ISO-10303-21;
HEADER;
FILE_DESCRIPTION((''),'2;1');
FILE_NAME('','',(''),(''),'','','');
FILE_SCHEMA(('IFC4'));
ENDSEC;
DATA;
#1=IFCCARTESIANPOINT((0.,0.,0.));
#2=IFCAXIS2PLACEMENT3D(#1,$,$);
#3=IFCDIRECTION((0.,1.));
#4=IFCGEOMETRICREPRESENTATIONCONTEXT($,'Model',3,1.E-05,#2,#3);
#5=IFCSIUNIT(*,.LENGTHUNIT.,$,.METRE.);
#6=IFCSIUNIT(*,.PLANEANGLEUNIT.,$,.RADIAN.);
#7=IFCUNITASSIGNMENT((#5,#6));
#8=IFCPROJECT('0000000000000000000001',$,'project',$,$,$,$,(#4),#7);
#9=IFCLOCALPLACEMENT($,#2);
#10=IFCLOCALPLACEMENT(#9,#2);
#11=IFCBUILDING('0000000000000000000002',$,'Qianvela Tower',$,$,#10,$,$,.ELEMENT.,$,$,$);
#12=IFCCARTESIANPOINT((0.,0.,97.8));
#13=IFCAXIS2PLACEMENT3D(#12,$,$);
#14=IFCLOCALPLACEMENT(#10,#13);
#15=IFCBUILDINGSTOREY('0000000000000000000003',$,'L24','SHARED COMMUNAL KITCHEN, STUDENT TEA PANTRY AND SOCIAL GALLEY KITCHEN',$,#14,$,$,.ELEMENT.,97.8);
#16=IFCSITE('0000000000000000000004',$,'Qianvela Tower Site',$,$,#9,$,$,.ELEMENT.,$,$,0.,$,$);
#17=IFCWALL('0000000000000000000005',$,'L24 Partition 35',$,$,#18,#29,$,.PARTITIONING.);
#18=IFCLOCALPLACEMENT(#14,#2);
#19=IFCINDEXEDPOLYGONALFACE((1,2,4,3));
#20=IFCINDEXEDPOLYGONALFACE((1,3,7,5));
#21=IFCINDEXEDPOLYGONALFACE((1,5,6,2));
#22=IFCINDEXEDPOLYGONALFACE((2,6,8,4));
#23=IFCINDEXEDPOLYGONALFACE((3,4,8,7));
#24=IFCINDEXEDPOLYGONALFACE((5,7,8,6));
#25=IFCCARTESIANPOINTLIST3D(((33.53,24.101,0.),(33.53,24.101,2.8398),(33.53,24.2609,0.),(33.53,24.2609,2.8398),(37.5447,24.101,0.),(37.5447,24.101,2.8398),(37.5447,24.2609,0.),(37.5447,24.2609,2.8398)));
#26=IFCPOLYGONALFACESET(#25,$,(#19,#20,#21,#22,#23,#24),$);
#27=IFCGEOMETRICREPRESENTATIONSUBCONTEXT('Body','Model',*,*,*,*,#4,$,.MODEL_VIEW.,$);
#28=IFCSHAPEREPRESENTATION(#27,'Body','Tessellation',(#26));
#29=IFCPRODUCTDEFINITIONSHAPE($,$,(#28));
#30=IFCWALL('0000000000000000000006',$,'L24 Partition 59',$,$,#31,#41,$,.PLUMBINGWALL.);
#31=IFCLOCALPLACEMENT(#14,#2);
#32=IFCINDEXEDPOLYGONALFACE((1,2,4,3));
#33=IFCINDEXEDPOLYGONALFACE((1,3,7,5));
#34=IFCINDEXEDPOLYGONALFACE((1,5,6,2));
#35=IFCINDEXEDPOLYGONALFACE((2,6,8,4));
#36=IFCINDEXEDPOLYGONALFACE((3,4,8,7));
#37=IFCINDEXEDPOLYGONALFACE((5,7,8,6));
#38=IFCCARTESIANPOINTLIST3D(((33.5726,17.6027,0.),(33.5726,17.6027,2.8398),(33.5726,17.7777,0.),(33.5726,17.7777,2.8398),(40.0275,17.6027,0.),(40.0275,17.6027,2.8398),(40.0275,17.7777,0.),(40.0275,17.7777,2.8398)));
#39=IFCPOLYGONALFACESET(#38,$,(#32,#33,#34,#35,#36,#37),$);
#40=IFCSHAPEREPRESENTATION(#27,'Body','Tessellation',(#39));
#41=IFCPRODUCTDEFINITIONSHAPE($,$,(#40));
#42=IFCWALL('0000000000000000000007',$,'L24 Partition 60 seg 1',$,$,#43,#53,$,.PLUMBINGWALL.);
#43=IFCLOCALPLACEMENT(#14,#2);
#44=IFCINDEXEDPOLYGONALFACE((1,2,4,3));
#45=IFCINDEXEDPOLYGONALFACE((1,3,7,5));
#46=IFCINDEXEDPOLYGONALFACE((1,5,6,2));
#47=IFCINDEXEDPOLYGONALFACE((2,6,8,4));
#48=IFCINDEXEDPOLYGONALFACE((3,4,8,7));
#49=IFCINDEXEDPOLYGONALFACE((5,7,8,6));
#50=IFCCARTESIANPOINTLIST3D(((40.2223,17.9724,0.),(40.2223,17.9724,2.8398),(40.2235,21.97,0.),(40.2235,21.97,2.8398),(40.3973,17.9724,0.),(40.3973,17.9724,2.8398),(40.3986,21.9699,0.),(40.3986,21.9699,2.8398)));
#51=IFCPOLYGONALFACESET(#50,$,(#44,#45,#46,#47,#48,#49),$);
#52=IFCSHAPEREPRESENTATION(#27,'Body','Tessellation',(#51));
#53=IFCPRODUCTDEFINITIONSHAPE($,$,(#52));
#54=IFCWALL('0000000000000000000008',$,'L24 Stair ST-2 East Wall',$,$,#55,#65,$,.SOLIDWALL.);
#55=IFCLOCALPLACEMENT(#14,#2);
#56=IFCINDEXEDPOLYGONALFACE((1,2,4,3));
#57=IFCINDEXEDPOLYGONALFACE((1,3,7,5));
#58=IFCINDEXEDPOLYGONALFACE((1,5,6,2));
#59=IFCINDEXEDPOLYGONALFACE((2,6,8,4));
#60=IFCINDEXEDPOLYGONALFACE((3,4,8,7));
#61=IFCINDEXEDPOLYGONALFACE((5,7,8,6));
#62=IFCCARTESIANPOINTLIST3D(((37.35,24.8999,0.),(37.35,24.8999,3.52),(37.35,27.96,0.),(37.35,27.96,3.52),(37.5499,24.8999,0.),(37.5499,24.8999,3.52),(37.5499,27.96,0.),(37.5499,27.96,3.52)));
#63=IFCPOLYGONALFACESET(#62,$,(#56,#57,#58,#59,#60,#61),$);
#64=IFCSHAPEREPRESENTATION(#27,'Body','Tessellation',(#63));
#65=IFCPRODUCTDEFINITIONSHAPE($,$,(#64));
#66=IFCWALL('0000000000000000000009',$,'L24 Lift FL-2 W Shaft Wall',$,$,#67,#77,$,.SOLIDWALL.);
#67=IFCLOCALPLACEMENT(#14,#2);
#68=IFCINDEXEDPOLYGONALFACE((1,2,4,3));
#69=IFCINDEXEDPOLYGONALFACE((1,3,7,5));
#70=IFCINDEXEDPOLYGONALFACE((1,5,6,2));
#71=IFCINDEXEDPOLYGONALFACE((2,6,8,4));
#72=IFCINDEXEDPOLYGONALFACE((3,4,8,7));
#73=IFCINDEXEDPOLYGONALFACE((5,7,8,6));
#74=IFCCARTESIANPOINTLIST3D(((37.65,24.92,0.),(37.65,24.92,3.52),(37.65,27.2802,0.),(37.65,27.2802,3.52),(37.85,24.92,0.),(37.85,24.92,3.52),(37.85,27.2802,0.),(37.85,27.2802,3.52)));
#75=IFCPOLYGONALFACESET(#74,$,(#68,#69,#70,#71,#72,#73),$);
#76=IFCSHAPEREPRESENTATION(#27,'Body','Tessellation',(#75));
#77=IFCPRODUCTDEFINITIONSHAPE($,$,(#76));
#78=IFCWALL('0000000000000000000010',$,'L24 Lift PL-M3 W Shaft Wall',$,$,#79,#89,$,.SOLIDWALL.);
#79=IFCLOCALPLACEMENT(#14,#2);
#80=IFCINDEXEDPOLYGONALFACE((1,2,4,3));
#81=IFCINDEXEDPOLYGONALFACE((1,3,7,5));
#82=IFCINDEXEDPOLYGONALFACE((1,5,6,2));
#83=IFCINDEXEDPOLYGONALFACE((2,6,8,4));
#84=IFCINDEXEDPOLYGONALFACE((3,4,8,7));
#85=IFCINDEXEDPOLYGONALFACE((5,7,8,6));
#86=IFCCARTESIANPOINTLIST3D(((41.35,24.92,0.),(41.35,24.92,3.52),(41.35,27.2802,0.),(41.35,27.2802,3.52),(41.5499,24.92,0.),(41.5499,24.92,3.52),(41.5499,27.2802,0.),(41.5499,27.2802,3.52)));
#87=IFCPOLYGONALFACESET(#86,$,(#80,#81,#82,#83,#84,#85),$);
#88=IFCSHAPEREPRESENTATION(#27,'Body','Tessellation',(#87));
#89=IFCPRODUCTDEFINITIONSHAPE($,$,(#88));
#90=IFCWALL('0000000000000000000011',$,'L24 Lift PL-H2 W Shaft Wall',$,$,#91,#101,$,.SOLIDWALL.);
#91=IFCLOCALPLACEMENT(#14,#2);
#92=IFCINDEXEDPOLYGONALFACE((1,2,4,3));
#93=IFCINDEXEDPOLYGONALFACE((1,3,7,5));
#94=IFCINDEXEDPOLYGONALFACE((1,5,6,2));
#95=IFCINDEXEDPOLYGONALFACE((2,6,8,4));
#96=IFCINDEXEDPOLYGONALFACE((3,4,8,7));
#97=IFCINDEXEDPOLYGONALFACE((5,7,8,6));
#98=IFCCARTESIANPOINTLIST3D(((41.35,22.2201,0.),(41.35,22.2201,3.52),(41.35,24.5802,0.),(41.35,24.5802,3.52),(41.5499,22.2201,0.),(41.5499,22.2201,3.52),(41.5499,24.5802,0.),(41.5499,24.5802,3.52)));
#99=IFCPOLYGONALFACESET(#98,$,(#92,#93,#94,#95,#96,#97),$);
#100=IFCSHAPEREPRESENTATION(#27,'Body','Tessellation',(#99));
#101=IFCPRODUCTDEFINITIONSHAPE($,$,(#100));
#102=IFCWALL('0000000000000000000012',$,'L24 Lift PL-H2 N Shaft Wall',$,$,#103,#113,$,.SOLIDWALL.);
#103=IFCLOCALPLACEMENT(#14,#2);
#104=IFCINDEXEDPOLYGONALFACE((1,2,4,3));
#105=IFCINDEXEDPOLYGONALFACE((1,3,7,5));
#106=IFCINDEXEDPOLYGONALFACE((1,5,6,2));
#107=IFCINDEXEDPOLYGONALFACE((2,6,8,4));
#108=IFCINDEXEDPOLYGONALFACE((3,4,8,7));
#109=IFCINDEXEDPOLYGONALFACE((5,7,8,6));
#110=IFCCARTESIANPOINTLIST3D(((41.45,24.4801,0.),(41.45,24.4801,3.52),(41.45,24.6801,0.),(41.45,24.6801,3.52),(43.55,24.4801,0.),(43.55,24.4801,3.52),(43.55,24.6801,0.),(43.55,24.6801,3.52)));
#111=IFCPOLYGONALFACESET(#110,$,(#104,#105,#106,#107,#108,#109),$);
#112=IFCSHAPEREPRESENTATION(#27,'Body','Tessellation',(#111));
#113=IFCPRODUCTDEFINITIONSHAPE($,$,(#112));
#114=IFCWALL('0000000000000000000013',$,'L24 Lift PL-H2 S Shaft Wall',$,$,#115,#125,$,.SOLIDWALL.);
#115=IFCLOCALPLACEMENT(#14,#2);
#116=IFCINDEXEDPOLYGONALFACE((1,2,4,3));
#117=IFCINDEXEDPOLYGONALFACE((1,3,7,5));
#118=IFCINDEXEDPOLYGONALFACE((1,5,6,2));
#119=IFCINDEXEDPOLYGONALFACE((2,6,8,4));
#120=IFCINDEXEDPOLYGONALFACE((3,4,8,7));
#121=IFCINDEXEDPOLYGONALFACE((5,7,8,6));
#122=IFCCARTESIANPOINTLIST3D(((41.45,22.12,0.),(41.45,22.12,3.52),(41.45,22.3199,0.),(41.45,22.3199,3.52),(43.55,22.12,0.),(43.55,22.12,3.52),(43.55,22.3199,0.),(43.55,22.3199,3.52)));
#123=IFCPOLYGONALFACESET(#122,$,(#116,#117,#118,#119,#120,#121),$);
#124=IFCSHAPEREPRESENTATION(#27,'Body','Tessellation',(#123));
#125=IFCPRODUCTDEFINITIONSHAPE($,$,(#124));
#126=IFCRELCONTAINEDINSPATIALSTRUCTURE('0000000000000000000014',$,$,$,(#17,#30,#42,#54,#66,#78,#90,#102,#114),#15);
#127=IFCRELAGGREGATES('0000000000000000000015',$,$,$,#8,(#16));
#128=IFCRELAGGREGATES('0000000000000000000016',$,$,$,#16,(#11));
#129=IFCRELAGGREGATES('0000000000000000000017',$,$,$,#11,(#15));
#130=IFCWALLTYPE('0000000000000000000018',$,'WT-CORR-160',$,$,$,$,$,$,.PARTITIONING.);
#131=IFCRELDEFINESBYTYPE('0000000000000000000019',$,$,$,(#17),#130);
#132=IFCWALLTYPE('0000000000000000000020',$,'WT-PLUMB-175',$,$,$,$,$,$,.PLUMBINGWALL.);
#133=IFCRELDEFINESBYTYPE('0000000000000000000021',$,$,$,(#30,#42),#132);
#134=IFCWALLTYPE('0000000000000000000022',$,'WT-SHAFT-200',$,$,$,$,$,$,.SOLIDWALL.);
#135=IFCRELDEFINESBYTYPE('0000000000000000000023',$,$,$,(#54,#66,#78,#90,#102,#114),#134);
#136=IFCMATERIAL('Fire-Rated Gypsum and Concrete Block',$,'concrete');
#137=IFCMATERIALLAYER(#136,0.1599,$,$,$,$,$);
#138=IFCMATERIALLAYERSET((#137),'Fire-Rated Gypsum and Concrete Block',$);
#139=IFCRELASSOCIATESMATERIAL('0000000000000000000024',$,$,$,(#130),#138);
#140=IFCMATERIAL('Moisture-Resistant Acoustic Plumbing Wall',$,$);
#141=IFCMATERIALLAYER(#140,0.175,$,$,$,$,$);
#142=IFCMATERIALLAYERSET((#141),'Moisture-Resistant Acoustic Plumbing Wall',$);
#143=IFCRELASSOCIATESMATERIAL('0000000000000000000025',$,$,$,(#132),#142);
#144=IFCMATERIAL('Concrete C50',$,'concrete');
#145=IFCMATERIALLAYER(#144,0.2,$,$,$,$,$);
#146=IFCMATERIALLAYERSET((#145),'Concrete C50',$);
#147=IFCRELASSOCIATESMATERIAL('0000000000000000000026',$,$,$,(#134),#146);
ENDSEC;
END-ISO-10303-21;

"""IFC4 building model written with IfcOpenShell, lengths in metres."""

from ifc_helpers import new_model, si_unit, direction, frame, frame_2d, origin, place, context, subcontext, project, spatial, rectangle, extrude, material, layer, layer_set, type_object, element, save


model = new_model("IFC4")

# Units and contexts
model_context = context("Model", 3, precision=1e-05, world=origin(), true_north=direction((0.0, 1.0)))
body_context = subcontext(model_context, "Body", "Model", "MODEL_VIEW")
ifc_project = project(units=[si_unit("LENGTHUNIT", "METRE"), si_unit("PLANEANGLEUNIT", "RADIAN")], contexts=[model_context])

# Site, building, storey
site_placement = place(None, origin())
site = spatial("IfcSite", under=ifc_project, at=site_placement, Name="Qianvela Tower Site", CompositionType="ELEMENT", RefElevation=0.0)
building_placement = place(site_placement, origin())
building = spatial("IfcBuilding", under=site, at=building_placement, Name="Qianvela Tower", CompositionType="ELEMENT")
storey_placement = place(building_placement, frame((0.0, 0.0, 97.8)))
storey = spatial("IfcBuildingStorey", under=building, at=storey_placement, Name="L24", Description="SHARED COMMUNAL KITCHEN, STUDENT TEA PANTRY AND SOCIAL GALLEY KITCHEN", CompositionType="ELEMENT", Elevation=97.8)

# Walls
ifc_material_1 = material(Name="Fire-Rated Gypsum and Concrete Block", Category="concrete")
ifc_layer_1 = layer(ifc_material_1, 0.1599)
ifc_layer_set_1 = layer_set([ifc_layer_1], Name="Fire-Rated Gypsum and Concrete Block")
wall_type_1 = type_object("IfcWallType", Name="WT-CORR-160", PredefinedType="PARTITIONING", material=ifc_layer_set_1)
wall_1_placement = place(storey_placement, frame((37.5447, 24.1809, 0.0), z_axis=(0.0, 0.0, 1.0), x_axis=(-1.0, 0.0, 0.0)))
element("IfcWall", 1, at=wall_1_placement, inside=storey, type_object=wall_type_1, Name="L24 Partition 35", PredefinedType="PARTITIONING", context=body_context, shape_type="SweptSolid", body=[
    extrude(rectangle(XDim=4.0146, YDim=0.1599, at=frame_2d((2.0073, 0.0))), origin(), (0.0, 0.0, 1.0), 2.8398),
])
ifc_material_2 = material(Name="Moisture-Resistant Acoustic Plumbing Wall")
ifc_layer_2 = layer(ifc_material_2, 0.175)
ifc_layer_set_2 = layer_set([ifc_layer_2], Name="Moisture-Resistant Acoustic Plumbing Wall")
wall_type_2 = type_object("IfcWallType", Name="WT-PLUMB-175", PredefinedType="PLUMBINGWALL", material=ifc_layer_set_2)
wall_2_placement = place(storey_placement, frame((33.5725, 17.6902, 0.0), z_axis=(0.0, 0.0, 1.0), x_axis=(1.0, 0.0, 0.0)))
element("IfcWall", 2, at=wall_2_placement, inside=storey, type_object=wall_type_2, Name="L24 Partition 59", PredefinedType="PLUMBINGWALL", context=body_context, shape_type="SweptSolid", body=[
    extrude(rectangle(XDim=6.4548, YDim=0.175, at=frame_2d((3.2275, 0.0))), origin(), (0.0, 0.0, 1.0), 2.8398),
])
wall_3_placement = place(storey_placement, frame((40.3098, 17.9724, 0.0), z_axis=(0.0, 0.0, 1.0), x_axis=(0.000305, 1.0, 0.0)))
element("IfcWall", 3, at=wall_3_placement, inside=storey, type_object=wall_type_2, Name="L24 Partition 60 seg 1", PredefinedType="PLUMBINGWALL", context=body_context, shape_type="SweptSolid", body=[
    extrude(rectangle(XDim=3.9976, YDim=0.175, at=frame_2d((1.9988, 0.0))), origin(), (0.0, 0.0, 1.0), 2.8398),
])
ifc_material_3 = material(Name="Concrete C50", Category="concrete")
ifc_layer_3 = layer(ifc_material_3, 0.2)
ifc_layer_set_3 = layer_set([ifc_layer_3], Name="Concrete C50")
wall_type_3 = type_object("IfcWallType", Name="WT-SHAFT-200", PredefinedType="SOLIDWALL", material=ifc_layer_set_3)
wall_4_placement = place(storey_placement, frame((37.45, 24.8999, 0.0), z_axis=(0.0, 0.0, 1.0), x_axis=(0.0, 1.0, 0.0)))
element("IfcWall", 4, at=wall_4_placement, inside=storey, type_object=wall_type_3, Name="L24 Stair ST-2 East Wall", PredefinedType="SOLIDWALL", context=body_context, shape_type="SweptSolid", body=[
    extrude(rectangle(XDim=3.0601, YDim=0.2, at=frame_2d((1.53, 0.0))), origin(), (0.0, 0.0, 1.0), 3.52),
])

# Walls
for number, where, z_axis, x_axis, name in (
    (5, (37.75, 24.9199, 0.0), (0.0, 0.0, 1.0), (0.0, 1.0, 0.0), "L24 Lift FL-2 W Shaft Wall"),
    (6, (41.45, 24.9199, 0.0), (0.0, 0.0, 1.0), (0.0, 1.0, 0.0), "L24 Lift PL-M3 W Shaft Wall"),
    (7, (41.45, 22.22, 0.0), (0.0, 0.0, 1.0), (0.0, 1.0, 0.0), "L24 Lift PL-H2 W Shaft Wall"),
):
    element("IfcWall", number, at=place(storey_placement, frame(where, z_axis=z_axis, x_axis=x_axis)), inside=storey, type_object=wall_type_3, Name=name, PredefinedType="SOLIDWALL", context=body_context, shape_type="SweptSolid", body=[
        extrude(rectangle(XDim=2.3601, YDim=0.2, at=frame_2d((1.1802, 0.0))), origin(), (0.0, 0.0, 1.0), 3.52),
    ])
for number, where, z_axis, x_axis, name in (
    (8, (41.45, 24.5801, 0.0), (0.0, 0.0, 1.0), (1.0, 0.0, 0.0), "L24 Lift PL-H2 N Shaft Wall"),
    (9, (41.45, 22.22, 0.0), (0.0, 0.0, 1.0), (1.0, 0.0, 0.0), "L24 Lift PL-H2 S Shaft Wall"),
):
    element("IfcWall", number, at=place(storey_placement, frame(where, z_axis=z_axis, x_axis=x_axis)), inside=storey, type_object=wall_type_3, Name=name, PredefinedType="SOLIDWALL", context=body_context, shape_type="SweptSolid", body=[
        extrude(rectangle(XDim=2.1001, YDim=0.2, at=frame_2d((1.05, 0.0))), origin(), (0.0, 0.0, 1.0), 3.52),
    ])

save(model, "model.ifc")
